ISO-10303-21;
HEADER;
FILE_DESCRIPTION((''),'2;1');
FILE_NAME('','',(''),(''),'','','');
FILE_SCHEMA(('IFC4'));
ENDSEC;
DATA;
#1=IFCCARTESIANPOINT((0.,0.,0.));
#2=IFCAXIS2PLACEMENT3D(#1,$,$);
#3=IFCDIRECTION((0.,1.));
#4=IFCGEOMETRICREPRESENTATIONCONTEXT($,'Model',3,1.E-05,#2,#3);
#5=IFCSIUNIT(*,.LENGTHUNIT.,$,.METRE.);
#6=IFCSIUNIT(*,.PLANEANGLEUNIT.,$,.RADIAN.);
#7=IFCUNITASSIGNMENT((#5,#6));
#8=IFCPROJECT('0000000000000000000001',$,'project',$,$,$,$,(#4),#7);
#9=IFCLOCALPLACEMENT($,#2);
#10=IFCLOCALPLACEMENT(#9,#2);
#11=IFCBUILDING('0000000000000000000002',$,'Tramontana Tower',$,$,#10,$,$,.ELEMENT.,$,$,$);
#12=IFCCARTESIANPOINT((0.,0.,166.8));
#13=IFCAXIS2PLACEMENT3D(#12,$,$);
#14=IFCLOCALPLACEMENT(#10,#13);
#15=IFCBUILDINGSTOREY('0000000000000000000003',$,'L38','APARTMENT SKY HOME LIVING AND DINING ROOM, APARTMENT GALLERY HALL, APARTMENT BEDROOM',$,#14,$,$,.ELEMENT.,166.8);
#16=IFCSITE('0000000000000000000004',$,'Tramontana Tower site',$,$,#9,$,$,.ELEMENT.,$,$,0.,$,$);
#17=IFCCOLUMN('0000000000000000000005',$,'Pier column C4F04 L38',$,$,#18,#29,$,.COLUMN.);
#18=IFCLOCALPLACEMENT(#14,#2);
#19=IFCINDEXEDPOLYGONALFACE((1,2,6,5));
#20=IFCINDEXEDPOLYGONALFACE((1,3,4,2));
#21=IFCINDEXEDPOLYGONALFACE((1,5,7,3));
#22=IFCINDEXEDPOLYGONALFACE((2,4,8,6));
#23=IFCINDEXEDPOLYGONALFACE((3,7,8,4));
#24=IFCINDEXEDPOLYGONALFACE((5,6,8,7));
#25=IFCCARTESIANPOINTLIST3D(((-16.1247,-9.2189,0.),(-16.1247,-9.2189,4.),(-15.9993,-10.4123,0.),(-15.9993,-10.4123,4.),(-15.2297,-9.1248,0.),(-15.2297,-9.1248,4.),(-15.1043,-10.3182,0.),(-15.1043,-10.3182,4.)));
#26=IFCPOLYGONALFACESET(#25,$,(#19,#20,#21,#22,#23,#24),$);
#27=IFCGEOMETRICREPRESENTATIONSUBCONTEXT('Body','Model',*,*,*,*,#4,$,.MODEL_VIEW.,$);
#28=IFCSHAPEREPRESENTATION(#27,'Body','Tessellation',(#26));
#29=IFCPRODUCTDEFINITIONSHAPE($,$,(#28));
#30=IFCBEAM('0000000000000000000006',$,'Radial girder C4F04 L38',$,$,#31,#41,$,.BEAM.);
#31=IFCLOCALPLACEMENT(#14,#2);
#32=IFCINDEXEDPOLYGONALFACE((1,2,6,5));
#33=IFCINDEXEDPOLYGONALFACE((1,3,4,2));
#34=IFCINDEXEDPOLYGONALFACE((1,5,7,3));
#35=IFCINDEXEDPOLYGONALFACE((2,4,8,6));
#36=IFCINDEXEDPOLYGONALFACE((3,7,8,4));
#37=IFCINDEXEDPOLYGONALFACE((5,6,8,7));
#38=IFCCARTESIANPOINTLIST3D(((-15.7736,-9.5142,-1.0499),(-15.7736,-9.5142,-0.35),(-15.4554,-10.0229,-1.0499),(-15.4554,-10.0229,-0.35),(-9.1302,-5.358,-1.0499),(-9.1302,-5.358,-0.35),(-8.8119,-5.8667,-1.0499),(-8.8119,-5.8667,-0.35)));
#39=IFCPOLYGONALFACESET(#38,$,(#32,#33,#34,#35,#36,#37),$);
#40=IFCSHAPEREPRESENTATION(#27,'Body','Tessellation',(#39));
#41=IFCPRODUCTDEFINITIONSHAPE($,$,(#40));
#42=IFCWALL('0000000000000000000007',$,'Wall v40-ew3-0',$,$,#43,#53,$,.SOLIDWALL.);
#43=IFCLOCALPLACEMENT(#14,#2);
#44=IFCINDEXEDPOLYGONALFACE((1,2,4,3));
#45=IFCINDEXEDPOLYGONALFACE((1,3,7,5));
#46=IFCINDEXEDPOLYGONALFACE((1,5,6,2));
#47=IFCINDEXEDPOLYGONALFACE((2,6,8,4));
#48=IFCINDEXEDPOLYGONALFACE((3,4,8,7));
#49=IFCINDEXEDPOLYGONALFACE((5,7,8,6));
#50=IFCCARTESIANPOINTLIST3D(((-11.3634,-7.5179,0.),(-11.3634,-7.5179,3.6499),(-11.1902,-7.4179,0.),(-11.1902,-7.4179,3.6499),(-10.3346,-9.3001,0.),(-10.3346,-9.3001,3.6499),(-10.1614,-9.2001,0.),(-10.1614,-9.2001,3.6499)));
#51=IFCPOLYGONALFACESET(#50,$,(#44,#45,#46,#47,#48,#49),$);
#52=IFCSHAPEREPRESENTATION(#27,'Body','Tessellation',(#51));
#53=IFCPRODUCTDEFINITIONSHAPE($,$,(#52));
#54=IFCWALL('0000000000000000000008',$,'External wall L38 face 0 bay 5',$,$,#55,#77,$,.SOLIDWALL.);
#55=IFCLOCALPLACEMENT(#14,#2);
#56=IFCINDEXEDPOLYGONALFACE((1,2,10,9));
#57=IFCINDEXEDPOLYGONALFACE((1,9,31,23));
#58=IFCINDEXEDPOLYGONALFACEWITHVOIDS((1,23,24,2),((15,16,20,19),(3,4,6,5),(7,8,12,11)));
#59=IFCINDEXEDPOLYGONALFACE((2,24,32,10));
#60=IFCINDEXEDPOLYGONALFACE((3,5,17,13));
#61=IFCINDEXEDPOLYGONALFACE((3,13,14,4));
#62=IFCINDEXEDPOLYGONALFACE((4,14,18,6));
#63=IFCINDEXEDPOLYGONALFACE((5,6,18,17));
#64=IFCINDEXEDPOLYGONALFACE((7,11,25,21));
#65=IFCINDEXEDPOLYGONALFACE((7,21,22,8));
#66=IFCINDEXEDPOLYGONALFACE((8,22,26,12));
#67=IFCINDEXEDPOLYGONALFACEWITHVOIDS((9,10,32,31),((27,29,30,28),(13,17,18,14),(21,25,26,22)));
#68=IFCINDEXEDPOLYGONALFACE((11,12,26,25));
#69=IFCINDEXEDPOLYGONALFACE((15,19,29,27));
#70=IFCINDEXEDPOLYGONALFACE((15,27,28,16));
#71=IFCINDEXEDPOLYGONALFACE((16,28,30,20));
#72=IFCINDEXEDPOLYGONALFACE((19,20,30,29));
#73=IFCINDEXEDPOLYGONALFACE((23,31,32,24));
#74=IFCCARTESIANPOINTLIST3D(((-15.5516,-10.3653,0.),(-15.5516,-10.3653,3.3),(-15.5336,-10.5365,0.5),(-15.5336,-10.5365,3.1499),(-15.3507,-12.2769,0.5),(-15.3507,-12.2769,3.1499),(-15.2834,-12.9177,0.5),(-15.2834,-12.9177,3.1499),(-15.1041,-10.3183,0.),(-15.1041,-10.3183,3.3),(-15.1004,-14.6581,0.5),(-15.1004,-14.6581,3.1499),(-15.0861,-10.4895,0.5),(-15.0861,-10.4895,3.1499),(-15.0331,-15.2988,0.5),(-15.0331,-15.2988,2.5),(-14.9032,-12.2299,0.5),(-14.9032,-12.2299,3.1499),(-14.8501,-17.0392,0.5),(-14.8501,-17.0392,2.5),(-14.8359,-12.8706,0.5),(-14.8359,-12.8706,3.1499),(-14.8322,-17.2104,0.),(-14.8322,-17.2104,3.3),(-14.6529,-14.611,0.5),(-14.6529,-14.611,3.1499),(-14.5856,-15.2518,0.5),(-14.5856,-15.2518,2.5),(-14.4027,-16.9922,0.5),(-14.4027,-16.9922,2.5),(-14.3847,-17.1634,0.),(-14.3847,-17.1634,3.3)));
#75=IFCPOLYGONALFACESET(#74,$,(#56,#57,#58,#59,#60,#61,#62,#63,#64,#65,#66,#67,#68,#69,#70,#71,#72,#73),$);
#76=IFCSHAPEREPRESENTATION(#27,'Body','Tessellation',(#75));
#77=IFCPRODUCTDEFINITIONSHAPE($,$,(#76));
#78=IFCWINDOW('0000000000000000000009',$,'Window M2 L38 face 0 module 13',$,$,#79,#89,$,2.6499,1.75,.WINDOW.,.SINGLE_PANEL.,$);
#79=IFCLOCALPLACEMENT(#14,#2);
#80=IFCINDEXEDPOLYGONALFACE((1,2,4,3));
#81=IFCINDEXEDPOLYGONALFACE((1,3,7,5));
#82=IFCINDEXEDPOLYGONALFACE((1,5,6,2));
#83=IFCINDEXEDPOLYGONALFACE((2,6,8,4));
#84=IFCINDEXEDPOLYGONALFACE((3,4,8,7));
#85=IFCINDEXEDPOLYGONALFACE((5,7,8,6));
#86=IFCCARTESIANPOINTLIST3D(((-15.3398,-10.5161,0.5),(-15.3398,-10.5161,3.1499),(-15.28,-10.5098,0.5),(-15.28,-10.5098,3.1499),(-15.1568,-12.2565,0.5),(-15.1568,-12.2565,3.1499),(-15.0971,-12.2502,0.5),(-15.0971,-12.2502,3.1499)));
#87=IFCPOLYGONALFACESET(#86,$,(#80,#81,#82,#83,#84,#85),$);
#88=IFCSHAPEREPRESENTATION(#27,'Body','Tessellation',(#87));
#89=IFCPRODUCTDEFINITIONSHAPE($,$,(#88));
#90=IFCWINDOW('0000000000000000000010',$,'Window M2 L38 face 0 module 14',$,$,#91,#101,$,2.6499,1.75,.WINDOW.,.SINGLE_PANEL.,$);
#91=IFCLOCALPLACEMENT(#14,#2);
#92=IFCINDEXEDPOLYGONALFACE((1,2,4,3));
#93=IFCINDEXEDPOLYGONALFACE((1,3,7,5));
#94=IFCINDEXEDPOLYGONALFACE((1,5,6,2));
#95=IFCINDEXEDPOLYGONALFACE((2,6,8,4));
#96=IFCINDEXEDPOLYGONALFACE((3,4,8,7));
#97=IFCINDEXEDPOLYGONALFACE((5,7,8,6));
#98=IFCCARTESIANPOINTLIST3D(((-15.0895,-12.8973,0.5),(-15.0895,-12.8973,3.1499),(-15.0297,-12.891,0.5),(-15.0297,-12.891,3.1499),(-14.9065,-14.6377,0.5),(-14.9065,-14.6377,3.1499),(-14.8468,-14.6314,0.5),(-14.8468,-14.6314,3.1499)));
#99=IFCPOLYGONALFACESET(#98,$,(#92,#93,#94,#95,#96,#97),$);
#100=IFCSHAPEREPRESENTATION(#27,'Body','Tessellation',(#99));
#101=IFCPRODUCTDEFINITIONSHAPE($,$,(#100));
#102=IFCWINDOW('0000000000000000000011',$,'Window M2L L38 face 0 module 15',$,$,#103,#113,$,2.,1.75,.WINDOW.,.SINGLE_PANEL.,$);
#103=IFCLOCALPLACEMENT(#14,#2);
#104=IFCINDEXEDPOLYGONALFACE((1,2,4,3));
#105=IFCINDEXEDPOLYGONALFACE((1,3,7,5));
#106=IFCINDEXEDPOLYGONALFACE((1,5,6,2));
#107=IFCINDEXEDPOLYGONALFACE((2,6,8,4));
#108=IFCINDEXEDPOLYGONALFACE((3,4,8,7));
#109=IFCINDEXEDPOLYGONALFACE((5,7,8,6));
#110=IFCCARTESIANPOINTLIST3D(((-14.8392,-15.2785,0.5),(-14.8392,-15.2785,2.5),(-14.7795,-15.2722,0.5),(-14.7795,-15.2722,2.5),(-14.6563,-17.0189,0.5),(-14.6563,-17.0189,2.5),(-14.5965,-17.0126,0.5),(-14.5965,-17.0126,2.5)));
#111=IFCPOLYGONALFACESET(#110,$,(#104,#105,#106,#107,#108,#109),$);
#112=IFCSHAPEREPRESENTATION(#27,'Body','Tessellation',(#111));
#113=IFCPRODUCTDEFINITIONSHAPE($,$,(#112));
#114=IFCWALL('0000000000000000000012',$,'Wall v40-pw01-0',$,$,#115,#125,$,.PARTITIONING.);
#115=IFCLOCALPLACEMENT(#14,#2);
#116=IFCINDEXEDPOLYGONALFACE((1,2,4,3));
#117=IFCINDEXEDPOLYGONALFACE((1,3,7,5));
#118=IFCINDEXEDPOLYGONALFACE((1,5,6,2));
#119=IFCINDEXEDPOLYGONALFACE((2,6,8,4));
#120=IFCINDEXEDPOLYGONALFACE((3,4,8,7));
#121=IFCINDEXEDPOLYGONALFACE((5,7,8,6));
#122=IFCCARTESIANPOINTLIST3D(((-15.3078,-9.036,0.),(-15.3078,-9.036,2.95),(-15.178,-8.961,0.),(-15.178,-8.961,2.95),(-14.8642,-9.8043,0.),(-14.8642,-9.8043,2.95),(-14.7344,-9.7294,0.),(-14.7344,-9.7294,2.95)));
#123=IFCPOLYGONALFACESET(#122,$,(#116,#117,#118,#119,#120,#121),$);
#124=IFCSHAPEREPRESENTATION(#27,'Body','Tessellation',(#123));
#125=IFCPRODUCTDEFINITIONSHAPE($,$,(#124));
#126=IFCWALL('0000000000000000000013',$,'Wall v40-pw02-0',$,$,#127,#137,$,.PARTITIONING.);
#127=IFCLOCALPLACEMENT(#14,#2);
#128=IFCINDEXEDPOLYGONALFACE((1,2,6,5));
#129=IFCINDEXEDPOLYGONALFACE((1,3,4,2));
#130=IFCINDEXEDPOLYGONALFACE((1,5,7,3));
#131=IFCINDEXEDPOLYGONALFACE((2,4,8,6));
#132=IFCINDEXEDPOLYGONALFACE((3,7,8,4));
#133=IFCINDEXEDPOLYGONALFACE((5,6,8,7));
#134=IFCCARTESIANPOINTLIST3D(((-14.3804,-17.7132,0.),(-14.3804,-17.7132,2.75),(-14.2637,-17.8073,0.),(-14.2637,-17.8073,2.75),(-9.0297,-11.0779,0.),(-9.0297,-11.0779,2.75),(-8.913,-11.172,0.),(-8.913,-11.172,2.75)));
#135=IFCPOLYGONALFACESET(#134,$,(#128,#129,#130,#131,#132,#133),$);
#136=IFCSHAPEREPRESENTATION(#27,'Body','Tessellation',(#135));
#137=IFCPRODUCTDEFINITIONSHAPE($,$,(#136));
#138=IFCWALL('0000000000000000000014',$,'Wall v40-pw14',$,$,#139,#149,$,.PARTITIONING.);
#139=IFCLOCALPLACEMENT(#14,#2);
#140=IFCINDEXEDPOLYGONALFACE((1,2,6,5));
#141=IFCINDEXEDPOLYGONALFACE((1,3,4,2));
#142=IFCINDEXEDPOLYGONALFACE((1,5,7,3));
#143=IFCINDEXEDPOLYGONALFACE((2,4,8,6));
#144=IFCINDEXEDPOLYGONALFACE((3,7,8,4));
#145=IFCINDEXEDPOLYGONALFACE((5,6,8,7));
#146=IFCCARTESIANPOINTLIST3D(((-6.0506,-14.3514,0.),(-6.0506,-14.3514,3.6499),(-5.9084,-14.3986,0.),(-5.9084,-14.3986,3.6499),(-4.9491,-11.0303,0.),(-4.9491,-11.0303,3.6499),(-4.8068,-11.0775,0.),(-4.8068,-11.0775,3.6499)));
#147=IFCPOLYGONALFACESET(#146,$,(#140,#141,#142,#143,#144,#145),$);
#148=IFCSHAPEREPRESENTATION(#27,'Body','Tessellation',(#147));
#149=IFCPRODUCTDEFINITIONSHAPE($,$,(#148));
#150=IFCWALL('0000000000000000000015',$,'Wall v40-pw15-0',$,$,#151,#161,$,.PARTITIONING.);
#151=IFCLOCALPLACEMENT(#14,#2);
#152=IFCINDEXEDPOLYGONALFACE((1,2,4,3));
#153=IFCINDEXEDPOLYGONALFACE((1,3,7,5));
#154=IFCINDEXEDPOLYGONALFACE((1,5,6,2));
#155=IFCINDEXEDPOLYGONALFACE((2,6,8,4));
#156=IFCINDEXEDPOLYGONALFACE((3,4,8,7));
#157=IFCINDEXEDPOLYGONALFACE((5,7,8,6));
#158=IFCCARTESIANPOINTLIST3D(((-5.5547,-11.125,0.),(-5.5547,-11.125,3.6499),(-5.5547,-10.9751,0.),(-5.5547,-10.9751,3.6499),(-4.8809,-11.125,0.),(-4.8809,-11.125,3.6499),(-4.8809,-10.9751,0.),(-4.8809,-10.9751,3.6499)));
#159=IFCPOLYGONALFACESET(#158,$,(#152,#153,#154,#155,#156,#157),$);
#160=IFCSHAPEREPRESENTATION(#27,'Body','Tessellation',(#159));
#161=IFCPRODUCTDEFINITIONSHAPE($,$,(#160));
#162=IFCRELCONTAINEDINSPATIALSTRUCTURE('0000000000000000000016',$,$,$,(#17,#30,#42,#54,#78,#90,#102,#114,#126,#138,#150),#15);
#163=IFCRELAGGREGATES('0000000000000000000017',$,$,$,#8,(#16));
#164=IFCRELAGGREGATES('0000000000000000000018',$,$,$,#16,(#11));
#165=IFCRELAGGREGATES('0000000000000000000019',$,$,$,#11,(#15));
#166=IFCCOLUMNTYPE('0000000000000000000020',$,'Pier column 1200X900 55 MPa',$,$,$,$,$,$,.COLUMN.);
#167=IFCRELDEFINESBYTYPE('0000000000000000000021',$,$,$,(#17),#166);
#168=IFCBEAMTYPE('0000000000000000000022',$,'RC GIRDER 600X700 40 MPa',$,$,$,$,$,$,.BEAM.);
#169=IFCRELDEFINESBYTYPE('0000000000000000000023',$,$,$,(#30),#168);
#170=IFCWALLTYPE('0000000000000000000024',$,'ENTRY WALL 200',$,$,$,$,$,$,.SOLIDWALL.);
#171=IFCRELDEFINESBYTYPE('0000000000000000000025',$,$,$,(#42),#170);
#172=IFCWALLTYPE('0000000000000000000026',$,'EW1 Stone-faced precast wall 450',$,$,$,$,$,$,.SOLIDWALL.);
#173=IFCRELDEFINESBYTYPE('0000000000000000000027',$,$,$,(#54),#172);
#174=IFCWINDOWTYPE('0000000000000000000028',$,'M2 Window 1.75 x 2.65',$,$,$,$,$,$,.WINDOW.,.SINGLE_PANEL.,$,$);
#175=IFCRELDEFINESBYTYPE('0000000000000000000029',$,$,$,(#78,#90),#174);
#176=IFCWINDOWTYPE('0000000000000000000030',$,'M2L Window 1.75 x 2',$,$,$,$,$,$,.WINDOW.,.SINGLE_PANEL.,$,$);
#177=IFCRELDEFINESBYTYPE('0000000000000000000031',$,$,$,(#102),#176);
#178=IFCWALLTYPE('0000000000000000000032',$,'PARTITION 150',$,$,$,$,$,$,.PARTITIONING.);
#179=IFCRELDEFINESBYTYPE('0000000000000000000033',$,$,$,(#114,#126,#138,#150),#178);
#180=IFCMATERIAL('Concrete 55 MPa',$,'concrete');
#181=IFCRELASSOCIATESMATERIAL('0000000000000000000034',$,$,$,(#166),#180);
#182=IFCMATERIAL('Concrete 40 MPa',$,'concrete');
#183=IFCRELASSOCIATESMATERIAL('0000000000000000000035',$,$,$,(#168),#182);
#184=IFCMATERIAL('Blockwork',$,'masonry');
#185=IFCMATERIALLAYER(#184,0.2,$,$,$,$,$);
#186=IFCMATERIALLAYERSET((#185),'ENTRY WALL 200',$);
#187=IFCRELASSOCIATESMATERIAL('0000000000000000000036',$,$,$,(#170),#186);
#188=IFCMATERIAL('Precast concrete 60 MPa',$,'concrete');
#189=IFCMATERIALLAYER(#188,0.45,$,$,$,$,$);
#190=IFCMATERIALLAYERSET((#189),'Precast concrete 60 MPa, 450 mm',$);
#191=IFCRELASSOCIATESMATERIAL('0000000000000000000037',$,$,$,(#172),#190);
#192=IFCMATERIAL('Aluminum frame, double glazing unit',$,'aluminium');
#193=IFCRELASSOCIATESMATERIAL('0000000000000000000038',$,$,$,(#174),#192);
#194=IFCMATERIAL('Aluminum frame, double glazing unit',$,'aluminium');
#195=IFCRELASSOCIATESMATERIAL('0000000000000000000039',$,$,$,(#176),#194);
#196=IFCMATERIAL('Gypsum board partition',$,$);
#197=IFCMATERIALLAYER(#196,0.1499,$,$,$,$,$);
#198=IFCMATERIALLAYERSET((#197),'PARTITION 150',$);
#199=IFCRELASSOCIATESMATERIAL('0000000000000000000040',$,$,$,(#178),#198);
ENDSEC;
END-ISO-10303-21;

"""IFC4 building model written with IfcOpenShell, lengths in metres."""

from ifc_helpers import new_model, si_unit, direction, frame, frame_2d, origin, origin_2d, place, context, subcontext, project, spatial, rectangle, extrude, material, layer, layer_set, material_profile, profile_set, type_object, element, fill, save


model = new_model("IFC4")

# Units and contexts
model_context = context("Model", 3, precision=1e-05, world=origin(), true_north=direction((0.0, 1.0)))
body_context = subcontext(model_context, "Body", "Model", "MODEL_VIEW")
ifc_project = project(units=[si_unit("LENGTHUNIT", "METRE"), si_unit("PLANEANGLEUNIT", "RADIAN")], contexts=[model_context])

# Site, building, storey
site_placement = place(None, origin())
site = spatial("IfcSite", under=ifc_project, at=site_placement, Name="Tramontana Tower site", CompositionType="ELEMENT", RefElevation=0.0)
building_placement = place(site_placement, origin())
building = spatial("IfcBuilding", under=site, at=building_placement, Name="Tramontana Tower", CompositionType="ELEMENT")
storey_placement = place(building_placement, frame((0.0, 0.0, 166.8)))
storey = spatial("IfcBuildingStorey", under=building, at=storey_placement, Name="L38", Description="APARTMENT SKY HOME LIVING AND DINING ROOM, APARTMENT GALLERY HALL, APARTMENT BEDROOM", CompositionType="ELEMENT", Elevation=166.8)

# Column
ifc_material_1 = material(Name="Concrete 55 MPa", Category="concrete")
ifc_material_profile_1 = material_profile(ifc_material_1, rectangle(XDim=1.2, YDim=0.8999, at=origin_2d()), Name="Pier column 1200X900 55 MPa")
ifc_profile_set_1 = profile_set([ifc_material_profile_1], Name="Concrete 55 MPa")
column_type = type_object("IfcColumnType", Name="Pier column 1200X900 55 MPa", PredefinedType="COLUMN", material=ifc_profile_set_1)
column_placement = place(storey_placement, frame((-15.6145, -9.7686, 0.0), z_axis=(0.0, 0.0, 1.0), x_axis=(0.104528, -0.994522, 0.0)))
element("IfcColumn", 1, at=column_placement, inside=storey, type_object=column_type, Name="Pier column C4F04 L38", PredefinedType="COLUMN", context=body_context, shape_type="SweptSolid", body=[
    extrude(rectangle(XDim=1.2, YDim=0.8999, at=origin_2d()), origin(), (0.0, 0.0, 1.0), 4.0),
])

# Beam
ifc_material_2 = material(Name="Concrete 40 MPa", Category="concrete")
ifc_material_profile_2 = material_profile(ifc_material_2, rectangle(XDim=0.6001, YDim=0.7, at=origin_2d()), Name="RC GIRDER 600X700 40 MPa")
ifc_profile_set_2 = profile_set([ifc_material_profile_2], Name="Concrete 40 MPa")
beam_type = type_object("IfcBeamType", Name="RC GIRDER 600X700 40 MPa", PredefinedType="BEAM", material=ifc_profile_set_2)
beam_placement = place(storey_placement, frame((-15.6145, -9.7686, -0.7), z_axis=(0.847767, 0.530369, 0.0), x_axis=(-0.530369, 0.847767, 0.0)))
element("IfcBeam", 2, at=beam_placement, inside=storey, type_object=beam_type, Name="Radial girder C4F04 L38", PredefinedType="BEAM", context=body_context, shape_type="SweptSolid", body=[
    extrude(rectangle(XDim=0.6001, YDim=0.7, at=origin_2d()), origin(), (0.0, 0.0, 1.0), 7.8364),
])

# Wall
ifc_material_3 = material(Name="Blockwork", Category="masonry")
ifc_layer_1 = layer(ifc_material_3, 0.2)
ifc_layer_set_1 = layer_set([ifc_layer_1], Name="ENTRY WALL 200")
wall_type_1 = type_object("IfcWallType", Name="ENTRY WALL 200", PredefinedType="SOLIDWALL", material=ifc_layer_set_1)
wall_1_placement = place(storey_placement, frame((-10.248, -9.25, 0.0), z_axis=(0.0, 0.0, 1.0), x_axis=(-0.499942, 0.866059, 0.0)))
element("IfcWall", 3, at=wall_1_placement, inside=storey, type_object=wall_type_1, Name="Wall v40-ew3-0", PredefinedType="SOLIDWALL", context=body_context, shape_type="SweptSolid", body=[
    extrude(rectangle(XDim=2.0579, YDim=0.2, at=frame_2d((1.0288, 0.0))), origin(), (0.0, 0.0, 1.0), 3.6499),
])

# Wall, openings, windows
ifc_material_4 = material(Name="Precast concrete 60 MPa", Category="concrete")
ifc_layer_2 = layer(ifc_material_4, 0.45)
ifc_layer_set_2 = layer_set([ifc_layer_2], Name="Precast concrete 60 MPa, 450 mm")
wall_type_2 = type_object("IfcWallType", Name="EW1 Stone-faced precast wall 450", PredefinedType="SOLIDWALL", material=ifc_layer_set_2)
wall_2_placement = place(storey_placement, frame((-15.3279, -10.3418, 0.0), z_axis=(0.0, 0.0, 1.0), x_axis=(0.104532, -0.994522, 0.0)))
wall_2 = element("IfcWall", 4, at=wall_2_placement, inside=storey, type_object=wall_type_2, Name="External wall L38 face 0 bay 5", PredefinedType="SOLIDWALL", context=body_context, shape_type="SweptSolid", body=[
    extrude(rectangle(XDim=6.8828, YDim=0.45, at=frame_2d((3.4414, 0.0))), origin(), (0.0, 0.0, 1.0), 3.3),
])
opening_1_placement = place(wall_2_placement, frame((0.1721, 0.0, 0.5)))
opening_1 = element("IfcOpeningElement", 5, at=opening_1_placement, cuts=wall_2, PredefinedType="OPENING", context=body_context, shape_type="SweptSolid", body=[
    extrude(rectangle(XDim=1.75, YDim=2.6499, at=frame_2d((0.875, 1.325))), frame((0.0, 0.2349, 0.0), z_axis=(0.0, -1.0, 0.0), x_axis=(1.0, 0.0, 0.0)), (0.0, 0.0, 1.0), 0.47),
])
opening_2_placement = place(wall_2_placement, frame((2.5664, 0.0, 0.5)))
opening_2 = element("IfcOpeningElement", 6, at=opening_2_placement, cuts=wall_2, PredefinedType="OPENING", context=body_context, shape_type="SweptSolid", body=[
    extrude(rectangle(XDim=1.75, YDim=2.6499, at=frame_2d((0.875, 1.325))), frame((0.0, 0.2349, 0.0), z_axis=(0.0, -1.0, 0.0), x_axis=(1.0, 0.0, 0.0)), (0.0, 0.0, 1.0), 0.47),
])
opening_3_placement = place(wall_2_placement, frame((4.9607, 0.0, 0.5)))
opening_3 = element("IfcOpeningElement", 7, at=opening_3_placement, cuts=wall_2, PredefinedType="OPENING", context=body_context, shape_type="SweptSolid", body=[
    extrude(rectangle(XDim=1.75, YDim=2.0, at=frame_2d((0.875, 1.0))), frame((0.0, 0.2349, 0.0), z_axis=(0.0, -1.0, 0.0), x_axis=(1.0, 0.0, 0.0)), (0.0, 0.0, 1.0), 0.47),
])
ifc_material_5 = material(Name="Aluminum frame, double glazing unit", Category="aluminium")
window_type_1 = type_object("IfcWindowType", Name="M2 Window 1.75 x 2.65", PartitioningType="SINGLE_PANEL", PredefinedType="WINDOW", material=ifc_material_5)
window_1_placement = place(opening_1_placement, origin())
window_1 = element("IfcWindow", 8, at=window_1_placement, inside=storey, type_object=window_type_1, Name="Window M2 L38 face 0 module 13", OverallHeight=2.6499, OverallWidth=1.75, PartitioningType="SINGLE_PANEL", PredefinedType="WINDOW", context=body_context, shape_type="SweptSolid", body=[
    extrude(rectangle(XDim=1.75, YDim=2.6499, at=frame_2d((0.875, 1.325))), frame((0.0, 0.03, 0.0), z_axis=(0.0, -1.0, 0.0), x_axis=(1.0, 0.0, 0.0)), (0.0, 0.0, 1.0), 0.0601),
])
fill(opening_1, window_1)
window_2_placement = place(opening_2_placement, origin())
window_2 = element("IfcWindow", 9, at=window_2_placement, inside=storey, type_object=window_type_1, Name="Window M2 L38 face 0 module 14", OverallHeight=2.6499, OverallWidth=1.75, PartitioningType="SINGLE_PANEL", PredefinedType="WINDOW", context=body_context, shape_type="SweptSolid", body=[
    extrude(rectangle(XDim=1.75, YDim=2.6499, at=frame_2d((0.875, 1.325))), frame((0.0, 0.03, 0.0), z_axis=(0.0, -1.0, 0.0), x_axis=(1.0, 0.0, 0.0)), (0.0, 0.0, 1.0), 0.0601),
])
fill(opening_2, window_2)
ifc_material_6 = material(Name="Aluminum frame, double glazing unit", Category="aluminium")
window_type_2 = type_object("IfcWindowType", Name="M2L Window 1.75 x 2", PartitioningType="SINGLE_PANEL", PredefinedType="WINDOW", material=ifc_material_6)
window_3_placement = place(opening_3_placement, origin())
window_3 = element("IfcWindow", 10, at=window_3_placement, inside=storey, type_object=window_type_2, Name="Window M2L L38 face 0 module 15", OverallHeight=2.0, OverallWidth=1.75, PartitioningType="SINGLE_PANEL", PredefinedType="WINDOW", context=body_context, shape_type="SweptSolid", body=[
    extrude(rectangle(XDim=1.75, YDim=2.0, at=frame_2d((0.875, 1.0))), frame((0.0, 0.03, 0.0), z_axis=(0.0, -1.0, 0.0), x_axis=(1.0, 0.0, 0.0)), (0.0, 0.0, 1.0), 0.0601),
])
fill(opening_3, window_3)

# Walls
ifc_material_7 = material(Name="Gypsum board partition")
ifc_layer_3 = layer(ifc_material_7, 0.1499)
ifc_layer_set_3 = layer_set([ifc_layer_3], Name="PARTITION 150")
wall_type_3 = type_object("IfcWallType", Name="PARTITION 150", PredefinedType="PARTITIONING", material=ifc_layer_set_3)
wall_3_placement = place(storey_placement, frame((-14.7993, -9.7668, 0.0), z_axis=(0.0, 0.0, 1.0), x_axis=(-0.500016, 0.866016, 0.0)))
element("IfcWall", 11, at=wall_3_placement, inside=storey, type_object=wall_type_3, Name="Wall v40-pw01-0", PredefinedType="PARTITIONING", context=body_context, shape_type="SweptSolid", body=[
    extrude(rectangle(XDim=0.8872, YDim=0.1499, at=frame_2d((0.4436, 0.0))), origin(), (0.0, 0.0, 1.0), 2.95),
])
wall_4_placement = place(storey_placement, frame((-14.322, -17.7603, 0.0), z_axis=(0.0, 0.0, 1.0), x_axis=(0.627722, 0.778437, 0.0)))
element("IfcWall", 12, at=wall_4_placement, inside=storey, type_object=wall_type_3, Name="Wall v40-pw02-0", PredefinedType="PARTITIONING", context=body_context, shape_type="SweptSolid", body=[
    extrude(rectangle(XDim=8.5239, YDim=0.1499, at=frame_2d((4.262, 0.0))), origin(), (0.0, 0.0, 1.0), 2.75),
])

# Walls
wall_5_placement = place(storey_placement, frame((-5.9795, -14.375, 0.0), z_axis=(0.0, 0.0, 1.0), x_axis=(0.314825, 0.94915, 0.0)))
element("IfcWall", 13, at=wall_5_placement, inside=storey, type_object=wall_type_3, Name="Wall v40-pw14", PredefinedType="PARTITIONING", context=body_context, shape_type="SweptSolid", body=[
    extrude(rectangle(XDim=3.499, YDim=0.1499, at=frame_2d((1.7495, 0.0))), origin(), (0.0, 0.0, 1.0), 3.6499),
])
wall_6_placement = place(storey_placement, frame((-4.8809, -11.05, 0.0), z_axis=(0.0, 0.0, 1.0), x_axis=(-1.0, 0.0, 0.0)))
element("IfcWall", 14, at=wall_6_placement, inside=storey, type_object=wall_type_3, Name="Wall v40-pw15-0", PredefinedType="PARTITIONING", context=body_context, shape_type="SweptSolid", body=[
    extrude(rectangle(XDim=0.6738, YDim=0.1499, at=frame_2d((0.3369, 0.0))), origin(), (0.0, 0.0, 1.0), 3.6499),
])

save(model, "model.ifc")
